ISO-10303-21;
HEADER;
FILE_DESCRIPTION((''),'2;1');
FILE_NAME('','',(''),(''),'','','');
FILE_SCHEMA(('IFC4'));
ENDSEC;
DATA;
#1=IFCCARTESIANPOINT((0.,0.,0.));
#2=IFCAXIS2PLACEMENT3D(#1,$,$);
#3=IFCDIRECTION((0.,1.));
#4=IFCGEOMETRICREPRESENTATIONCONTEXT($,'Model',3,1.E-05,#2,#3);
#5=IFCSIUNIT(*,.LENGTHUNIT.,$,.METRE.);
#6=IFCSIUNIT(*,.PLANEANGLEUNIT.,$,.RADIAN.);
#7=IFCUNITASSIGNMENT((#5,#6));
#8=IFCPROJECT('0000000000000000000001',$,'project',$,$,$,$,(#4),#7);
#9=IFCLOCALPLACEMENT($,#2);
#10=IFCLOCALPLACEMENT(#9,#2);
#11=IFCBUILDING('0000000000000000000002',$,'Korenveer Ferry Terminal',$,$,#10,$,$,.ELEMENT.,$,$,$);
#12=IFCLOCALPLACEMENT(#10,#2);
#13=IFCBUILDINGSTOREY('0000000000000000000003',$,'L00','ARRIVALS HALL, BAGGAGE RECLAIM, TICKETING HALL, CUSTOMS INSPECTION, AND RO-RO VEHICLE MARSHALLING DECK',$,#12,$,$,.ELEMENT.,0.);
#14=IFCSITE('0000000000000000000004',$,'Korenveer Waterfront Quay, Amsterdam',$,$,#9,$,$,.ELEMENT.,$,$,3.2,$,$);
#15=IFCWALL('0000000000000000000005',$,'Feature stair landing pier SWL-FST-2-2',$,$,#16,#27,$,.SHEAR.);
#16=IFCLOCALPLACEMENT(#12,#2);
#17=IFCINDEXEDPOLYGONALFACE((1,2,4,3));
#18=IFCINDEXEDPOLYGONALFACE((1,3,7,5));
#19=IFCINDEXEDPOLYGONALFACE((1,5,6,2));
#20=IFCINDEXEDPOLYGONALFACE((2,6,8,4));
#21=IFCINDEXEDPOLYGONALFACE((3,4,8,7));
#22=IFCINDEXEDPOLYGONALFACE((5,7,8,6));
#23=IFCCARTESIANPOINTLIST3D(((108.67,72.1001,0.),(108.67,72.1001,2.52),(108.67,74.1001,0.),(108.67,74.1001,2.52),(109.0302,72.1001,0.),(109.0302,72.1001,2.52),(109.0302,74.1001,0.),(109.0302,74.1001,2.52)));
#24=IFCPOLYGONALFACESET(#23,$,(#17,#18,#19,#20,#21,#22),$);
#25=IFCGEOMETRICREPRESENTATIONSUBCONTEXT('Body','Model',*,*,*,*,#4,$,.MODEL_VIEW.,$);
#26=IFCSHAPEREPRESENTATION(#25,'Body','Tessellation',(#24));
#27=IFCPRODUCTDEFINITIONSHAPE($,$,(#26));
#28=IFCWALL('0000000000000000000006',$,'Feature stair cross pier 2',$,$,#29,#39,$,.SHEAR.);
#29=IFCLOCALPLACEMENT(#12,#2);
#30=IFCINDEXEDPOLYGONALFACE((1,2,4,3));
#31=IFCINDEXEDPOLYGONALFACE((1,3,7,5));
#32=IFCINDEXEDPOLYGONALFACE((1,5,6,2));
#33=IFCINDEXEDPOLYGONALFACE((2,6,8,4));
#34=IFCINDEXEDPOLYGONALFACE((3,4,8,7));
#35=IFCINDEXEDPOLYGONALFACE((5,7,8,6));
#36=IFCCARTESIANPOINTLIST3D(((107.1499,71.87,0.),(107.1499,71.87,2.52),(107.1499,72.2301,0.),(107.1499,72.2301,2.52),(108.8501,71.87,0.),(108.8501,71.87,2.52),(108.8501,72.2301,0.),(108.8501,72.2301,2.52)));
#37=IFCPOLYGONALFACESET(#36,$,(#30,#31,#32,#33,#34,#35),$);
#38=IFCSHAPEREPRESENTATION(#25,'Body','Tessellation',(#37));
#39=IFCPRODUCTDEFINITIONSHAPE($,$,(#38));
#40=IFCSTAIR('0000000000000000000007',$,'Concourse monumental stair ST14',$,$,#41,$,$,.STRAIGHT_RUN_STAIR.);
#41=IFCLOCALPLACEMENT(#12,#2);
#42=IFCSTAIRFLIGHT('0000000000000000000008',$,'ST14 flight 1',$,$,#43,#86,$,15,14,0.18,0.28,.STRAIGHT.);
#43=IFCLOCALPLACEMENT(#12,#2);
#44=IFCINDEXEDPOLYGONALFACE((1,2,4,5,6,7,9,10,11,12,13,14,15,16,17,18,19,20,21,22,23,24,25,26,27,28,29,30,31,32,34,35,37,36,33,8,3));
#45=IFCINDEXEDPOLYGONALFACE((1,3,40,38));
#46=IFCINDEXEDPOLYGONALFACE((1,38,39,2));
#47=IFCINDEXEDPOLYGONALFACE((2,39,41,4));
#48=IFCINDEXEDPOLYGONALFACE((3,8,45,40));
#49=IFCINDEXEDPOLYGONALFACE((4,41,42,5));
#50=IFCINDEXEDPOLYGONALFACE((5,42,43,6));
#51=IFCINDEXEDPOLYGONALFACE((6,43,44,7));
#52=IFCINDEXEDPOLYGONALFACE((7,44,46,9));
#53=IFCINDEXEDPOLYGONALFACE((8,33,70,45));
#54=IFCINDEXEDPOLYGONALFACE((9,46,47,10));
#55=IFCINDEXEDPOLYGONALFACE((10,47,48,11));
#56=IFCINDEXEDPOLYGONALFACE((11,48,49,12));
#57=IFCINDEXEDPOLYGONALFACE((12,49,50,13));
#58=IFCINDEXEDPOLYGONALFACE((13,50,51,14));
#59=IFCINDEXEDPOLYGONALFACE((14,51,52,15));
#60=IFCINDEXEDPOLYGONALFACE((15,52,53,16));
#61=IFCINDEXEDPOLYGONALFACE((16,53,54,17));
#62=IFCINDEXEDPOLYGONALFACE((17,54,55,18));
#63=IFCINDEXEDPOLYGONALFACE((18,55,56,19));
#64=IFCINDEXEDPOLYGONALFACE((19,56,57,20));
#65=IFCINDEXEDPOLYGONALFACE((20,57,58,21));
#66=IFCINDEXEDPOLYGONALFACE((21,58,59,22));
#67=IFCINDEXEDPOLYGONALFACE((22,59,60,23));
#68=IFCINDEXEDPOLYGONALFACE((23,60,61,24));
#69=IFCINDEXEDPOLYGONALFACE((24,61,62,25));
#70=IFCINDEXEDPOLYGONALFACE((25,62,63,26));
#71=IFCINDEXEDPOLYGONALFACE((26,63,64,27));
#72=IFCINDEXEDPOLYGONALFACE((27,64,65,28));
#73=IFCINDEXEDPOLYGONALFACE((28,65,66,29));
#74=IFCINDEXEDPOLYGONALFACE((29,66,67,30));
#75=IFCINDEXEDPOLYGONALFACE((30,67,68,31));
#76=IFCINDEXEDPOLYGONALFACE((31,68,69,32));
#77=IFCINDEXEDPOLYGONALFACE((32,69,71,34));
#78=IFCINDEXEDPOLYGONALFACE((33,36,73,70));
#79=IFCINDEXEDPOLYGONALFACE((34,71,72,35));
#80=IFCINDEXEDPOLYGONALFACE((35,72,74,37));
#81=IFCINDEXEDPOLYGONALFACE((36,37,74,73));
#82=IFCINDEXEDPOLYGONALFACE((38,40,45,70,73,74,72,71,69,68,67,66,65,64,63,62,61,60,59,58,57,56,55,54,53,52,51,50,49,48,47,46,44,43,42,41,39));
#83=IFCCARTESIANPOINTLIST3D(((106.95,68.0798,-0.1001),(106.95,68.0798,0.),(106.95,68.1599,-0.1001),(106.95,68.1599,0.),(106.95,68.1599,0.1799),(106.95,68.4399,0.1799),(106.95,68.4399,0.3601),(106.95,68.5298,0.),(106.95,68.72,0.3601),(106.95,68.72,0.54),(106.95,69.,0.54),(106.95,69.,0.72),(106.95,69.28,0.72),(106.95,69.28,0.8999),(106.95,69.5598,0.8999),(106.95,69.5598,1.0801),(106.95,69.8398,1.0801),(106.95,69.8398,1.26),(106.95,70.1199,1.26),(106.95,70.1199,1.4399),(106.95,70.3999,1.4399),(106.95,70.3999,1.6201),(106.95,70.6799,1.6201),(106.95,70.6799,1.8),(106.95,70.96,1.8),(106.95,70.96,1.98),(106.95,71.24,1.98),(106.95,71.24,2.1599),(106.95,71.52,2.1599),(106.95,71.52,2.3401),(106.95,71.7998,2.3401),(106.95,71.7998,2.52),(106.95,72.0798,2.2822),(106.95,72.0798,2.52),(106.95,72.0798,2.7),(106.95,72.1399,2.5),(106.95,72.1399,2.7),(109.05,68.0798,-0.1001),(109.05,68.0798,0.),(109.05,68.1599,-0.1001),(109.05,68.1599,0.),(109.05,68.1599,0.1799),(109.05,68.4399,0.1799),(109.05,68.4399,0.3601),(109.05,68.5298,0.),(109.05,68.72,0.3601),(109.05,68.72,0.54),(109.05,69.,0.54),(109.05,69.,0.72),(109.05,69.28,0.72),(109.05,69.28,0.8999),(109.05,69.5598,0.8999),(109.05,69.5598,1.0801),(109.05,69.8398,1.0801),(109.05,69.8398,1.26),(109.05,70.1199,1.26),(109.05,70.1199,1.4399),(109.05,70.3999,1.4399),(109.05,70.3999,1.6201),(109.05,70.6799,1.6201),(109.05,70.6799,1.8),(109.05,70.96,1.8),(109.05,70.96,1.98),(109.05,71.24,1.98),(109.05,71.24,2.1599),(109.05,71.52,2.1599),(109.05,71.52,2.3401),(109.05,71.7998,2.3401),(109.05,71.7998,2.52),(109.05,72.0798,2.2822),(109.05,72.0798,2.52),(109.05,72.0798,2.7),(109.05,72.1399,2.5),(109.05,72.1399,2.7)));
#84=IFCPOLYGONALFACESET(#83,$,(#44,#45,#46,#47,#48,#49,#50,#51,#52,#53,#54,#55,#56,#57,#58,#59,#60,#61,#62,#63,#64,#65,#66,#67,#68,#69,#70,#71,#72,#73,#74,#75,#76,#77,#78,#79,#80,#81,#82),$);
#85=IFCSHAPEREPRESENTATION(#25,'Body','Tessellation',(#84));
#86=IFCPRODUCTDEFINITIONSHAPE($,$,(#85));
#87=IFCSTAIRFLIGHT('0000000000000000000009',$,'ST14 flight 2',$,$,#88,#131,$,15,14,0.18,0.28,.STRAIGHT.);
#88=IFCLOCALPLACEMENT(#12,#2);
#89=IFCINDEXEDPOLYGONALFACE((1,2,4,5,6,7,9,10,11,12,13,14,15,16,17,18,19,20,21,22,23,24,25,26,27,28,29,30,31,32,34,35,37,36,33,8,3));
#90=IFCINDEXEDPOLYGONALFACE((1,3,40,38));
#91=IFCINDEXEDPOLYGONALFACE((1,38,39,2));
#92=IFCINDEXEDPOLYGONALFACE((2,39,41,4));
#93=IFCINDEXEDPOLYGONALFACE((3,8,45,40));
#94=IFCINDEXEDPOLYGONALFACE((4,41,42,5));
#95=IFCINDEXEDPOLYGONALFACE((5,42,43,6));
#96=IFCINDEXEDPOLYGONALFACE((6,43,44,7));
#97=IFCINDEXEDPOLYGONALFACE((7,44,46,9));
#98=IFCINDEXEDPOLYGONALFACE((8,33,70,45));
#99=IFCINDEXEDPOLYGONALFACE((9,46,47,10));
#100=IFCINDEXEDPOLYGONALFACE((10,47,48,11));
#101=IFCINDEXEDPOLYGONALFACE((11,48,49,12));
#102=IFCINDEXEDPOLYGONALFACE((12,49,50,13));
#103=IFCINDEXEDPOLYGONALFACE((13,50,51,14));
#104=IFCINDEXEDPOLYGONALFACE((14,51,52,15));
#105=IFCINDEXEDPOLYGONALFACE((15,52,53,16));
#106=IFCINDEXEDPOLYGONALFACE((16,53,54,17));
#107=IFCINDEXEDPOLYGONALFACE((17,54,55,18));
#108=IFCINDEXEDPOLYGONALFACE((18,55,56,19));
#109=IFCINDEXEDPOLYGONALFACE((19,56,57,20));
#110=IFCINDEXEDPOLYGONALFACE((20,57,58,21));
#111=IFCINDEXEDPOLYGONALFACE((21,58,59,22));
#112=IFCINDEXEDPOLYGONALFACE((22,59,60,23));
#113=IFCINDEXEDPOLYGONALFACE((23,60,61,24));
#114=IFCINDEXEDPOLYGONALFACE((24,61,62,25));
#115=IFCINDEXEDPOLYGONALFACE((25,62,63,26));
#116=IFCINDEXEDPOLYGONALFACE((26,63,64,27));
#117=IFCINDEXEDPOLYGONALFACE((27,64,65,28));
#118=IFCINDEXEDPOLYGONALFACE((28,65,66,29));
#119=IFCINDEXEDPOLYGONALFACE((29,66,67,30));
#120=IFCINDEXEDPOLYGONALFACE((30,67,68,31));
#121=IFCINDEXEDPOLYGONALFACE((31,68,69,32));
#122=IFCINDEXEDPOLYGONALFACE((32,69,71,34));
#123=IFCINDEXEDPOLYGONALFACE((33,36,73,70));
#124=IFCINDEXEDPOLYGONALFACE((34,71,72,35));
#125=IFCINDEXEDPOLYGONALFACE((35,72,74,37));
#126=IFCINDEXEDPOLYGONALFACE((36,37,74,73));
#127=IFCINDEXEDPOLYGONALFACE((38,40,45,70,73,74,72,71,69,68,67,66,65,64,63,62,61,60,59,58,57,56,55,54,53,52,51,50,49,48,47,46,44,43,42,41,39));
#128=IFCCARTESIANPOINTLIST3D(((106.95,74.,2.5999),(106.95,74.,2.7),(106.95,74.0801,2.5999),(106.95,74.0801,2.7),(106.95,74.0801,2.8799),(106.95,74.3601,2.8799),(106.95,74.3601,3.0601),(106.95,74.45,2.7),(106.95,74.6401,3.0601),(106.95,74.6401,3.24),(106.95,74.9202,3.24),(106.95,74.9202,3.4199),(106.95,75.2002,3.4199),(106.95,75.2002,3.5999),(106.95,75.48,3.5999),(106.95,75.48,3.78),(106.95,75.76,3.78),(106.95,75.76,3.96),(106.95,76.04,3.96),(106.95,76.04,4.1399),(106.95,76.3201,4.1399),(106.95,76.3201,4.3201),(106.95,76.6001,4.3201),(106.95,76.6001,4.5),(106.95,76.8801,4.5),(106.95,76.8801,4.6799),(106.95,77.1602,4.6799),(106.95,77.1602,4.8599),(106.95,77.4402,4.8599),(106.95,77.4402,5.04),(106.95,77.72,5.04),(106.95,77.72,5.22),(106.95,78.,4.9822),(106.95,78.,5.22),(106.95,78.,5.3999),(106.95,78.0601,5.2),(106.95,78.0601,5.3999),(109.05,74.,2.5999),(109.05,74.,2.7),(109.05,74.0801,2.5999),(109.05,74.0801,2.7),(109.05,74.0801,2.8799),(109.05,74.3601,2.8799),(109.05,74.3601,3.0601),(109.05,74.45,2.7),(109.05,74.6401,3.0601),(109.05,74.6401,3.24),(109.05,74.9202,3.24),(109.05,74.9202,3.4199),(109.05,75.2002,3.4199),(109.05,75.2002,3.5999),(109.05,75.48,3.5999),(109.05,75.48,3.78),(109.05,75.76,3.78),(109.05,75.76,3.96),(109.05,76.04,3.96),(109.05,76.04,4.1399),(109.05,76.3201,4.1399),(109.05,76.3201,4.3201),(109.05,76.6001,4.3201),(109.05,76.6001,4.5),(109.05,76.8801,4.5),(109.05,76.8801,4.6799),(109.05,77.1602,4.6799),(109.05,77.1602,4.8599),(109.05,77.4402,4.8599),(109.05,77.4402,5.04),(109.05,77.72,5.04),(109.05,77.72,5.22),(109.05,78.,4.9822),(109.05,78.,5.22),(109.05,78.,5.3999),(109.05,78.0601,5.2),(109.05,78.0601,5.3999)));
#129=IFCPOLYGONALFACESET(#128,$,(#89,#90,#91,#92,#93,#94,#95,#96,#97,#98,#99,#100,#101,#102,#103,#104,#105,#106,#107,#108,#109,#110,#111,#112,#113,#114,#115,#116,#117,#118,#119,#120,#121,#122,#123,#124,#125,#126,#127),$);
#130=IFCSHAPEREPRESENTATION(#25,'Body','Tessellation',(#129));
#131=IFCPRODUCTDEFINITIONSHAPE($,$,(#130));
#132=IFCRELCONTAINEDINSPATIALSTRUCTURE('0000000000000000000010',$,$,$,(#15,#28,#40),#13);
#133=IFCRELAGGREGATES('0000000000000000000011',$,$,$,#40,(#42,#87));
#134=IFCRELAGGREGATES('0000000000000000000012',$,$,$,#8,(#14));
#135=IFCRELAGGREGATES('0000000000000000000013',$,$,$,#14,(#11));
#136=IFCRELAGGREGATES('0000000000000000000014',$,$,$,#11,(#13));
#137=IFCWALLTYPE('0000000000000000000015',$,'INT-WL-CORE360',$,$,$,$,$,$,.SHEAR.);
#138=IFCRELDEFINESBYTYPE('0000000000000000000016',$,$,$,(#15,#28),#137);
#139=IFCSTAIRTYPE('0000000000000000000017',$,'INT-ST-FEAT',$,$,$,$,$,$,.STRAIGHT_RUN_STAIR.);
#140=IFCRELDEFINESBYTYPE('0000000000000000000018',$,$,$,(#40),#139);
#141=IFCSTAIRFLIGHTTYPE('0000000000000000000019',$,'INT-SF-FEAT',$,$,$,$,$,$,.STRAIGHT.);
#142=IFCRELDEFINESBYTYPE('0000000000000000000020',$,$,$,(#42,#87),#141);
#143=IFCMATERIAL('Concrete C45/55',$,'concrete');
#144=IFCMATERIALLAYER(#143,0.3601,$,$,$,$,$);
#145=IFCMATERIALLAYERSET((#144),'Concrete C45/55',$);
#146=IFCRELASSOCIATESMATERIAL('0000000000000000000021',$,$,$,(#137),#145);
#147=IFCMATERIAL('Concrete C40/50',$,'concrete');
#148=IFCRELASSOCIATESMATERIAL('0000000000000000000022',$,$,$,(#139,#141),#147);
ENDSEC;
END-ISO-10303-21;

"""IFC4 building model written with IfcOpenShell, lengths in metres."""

from ifc_helpers import new_model, si_unit, direction, frame, frame_2d, origin, place, context, subcontext, project, spatial, polyline, rectangle, outline, extrude, material, layer, layer_set, type_object, element, aggregate, save


model = new_model("IFC4")

# Units and contexts
model_context = context("Model", 3, precision=1e-05, world=origin(), true_north=direction((0.0, 1.0)))
body_context = subcontext(model_context, "Body", "Model", "MODEL_VIEW")
ifc_project = project(units=[si_unit("LENGTHUNIT", "METRE"), si_unit("PLANEANGLEUNIT", "RADIAN")], contexts=[model_context])

# Site, building, storey
site_placement = place(None, origin())
site = spatial("IfcSite", under=ifc_project, at=site_placement, Name="Korenveer Waterfront Quay, Amsterdam", CompositionType="ELEMENT", RefElevation=3.2)
building_placement = place(site_placement, origin())
building = spatial("IfcBuilding", under=site, at=building_placement, Name="Korenveer Ferry Terminal", CompositionType="ELEMENT")
storey_placement = place(building_placement, origin())
storey = spatial("IfcBuildingStorey", under=building, at=storey_placement, Name="L00", Description="ARRIVALS HALL, BAGGAGE RECLAIM, TICKETING HALL, CUSTOMS INSPECTION, AND RO-RO VEHICLE MARSHALLING DECK", CompositionType="ELEMENT", Elevation=0.0)

# Shared definitions
ifc_material_1 = material(Name="Concrete C40/50", Category="concrete")
ifc_material_2 = material(Name="Concrete C45/55", Category="concrete")

# Walls
ifc_layer = layer(ifc_material_2, 0.3601)
ifc_layer_set = layer_set([ifc_layer], Name="Concrete C45/55")
wall_type = type_object("IfcWallType", Name="INT-WL-CORE360", PredefinedType="SHEAR", material=ifc_layer_set)
for number, where, z_axis, x_axis, name in (
    (1, (108.8501, 72.1001, 0.0), (0.0, 0.0, 1.0), (0.0, 1.0, 0.0), "Feature stair landing pier SWL-FST-2-2"),
):
    element("IfcWall", number, at=place(storey_placement, frame(where, z_axis=z_axis, x_axis=x_axis)), inside=storey, type_object=wall_type, Name=name, PredefinedType="SHEAR", context=body_context, shape_type="SweptSolid", body=[
        extrude(rectangle(XDim=2.0, YDim=0.3601, at=frame_2d((1.0, 0.0))), origin(), (0.0, 0.0, 1.0), 2.52),
    ])
wall_placement = place(storey_placement, frame((107.1499, 72.05, 0.0), z_axis=(0.0, 0.0, 1.0), x_axis=(1.0, 0.0, 0.0)))
element("IfcWall", 2, at=wall_placement, inside=storey, type_object=wall_type, Name="Feature stair cross pier 2", PredefinedType="SHEAR", context=body_context, shape_type="SweptSolid", body=[
    extrude(rectangle(XDim=1.7002, YDim=0.3601, at=frame_2d((0.8501, 0.0))), origin(), (0.0, 0.0, 1.0), 2.52),
])

# Stair, stair flights
stair_type = type_object("IfcStairType", Name="INT-ST-FEAT", PredefinedType="STRAIGHT_RUN_STAIR", material=ifc_material_1)
stair_placement = place(storey_placement, frame((108.0, 68.1599, 0.0)))
stair = element("IfcStair", 3, at=stair_placement, inside=storey, type_object=stair_type, Name="Concourse monumental stair ST14", PredefinedType="STRAIGHT_RUN_STAIR")
stair_flight_type = type_object("IfcStairFlightType", Name="INT-SF-FEAT", PredefinedType="STRAIGHT", material=ifc_material_1)
stair_flight_1_placement = place(storey_placement, frame((108.0, 68.1599, 0.0), z_axis=(0.0, 0.0, 1.0), x_axis=(0.0, 1.0, 0.0)))
stair_flight_1 = element("IfcStairFlight", 4, at=stair_flight_1_placement, type_object=stair_flight_type, Name="ST14 flight 1", NumberOfRisers=15, NumberOfTreads=14, PredefinedType="STRAIGHT", RiserHeight=0.18, TreadLength=0.28, context=body_context, shape_type="SweptSolid", body=[
    extrude(outline(polyline([(-0.0801, 0.0), (0.0, 0.0), (0.0, 0.1799), (0.28, 0.1799), (0.28, 0.3601), (0.5601, 0.3601), (0.5601, 0.54), (0.8401, 0.54), (0.8401, 0.72), (1.1201, 0.72), (1.1201, 0.8999), (1.3999, 0.8999), (1.3999, 1.0801), (1.6799, 1.0801), (1.6799, 1.26), (1.96, 1.26), (1.96, 1.4399), (2.24, 1.4399), (2.24, 1.6201), (2.52, 1.6201), (2.52, 1.8), (2.8, 1.8), (2.8, 1.98), (3.0801, 1.98), (3.0801, 2.1599), (3.3601, 2.1599), (3.3601, 2.3401), (3.6399, 2.3401), (3.6399, 2.52), (3.9199, 2.52), (3.9199, 2.7), (3.98, 2.7), (3.98, 2.5), (3.9199, 2.2822), (0.3699, 0.0), (0.0, -0.1001), (-0.0801, -0.1001), (-0.0801, 0.0)])), frame((0.0, 1.05, 0.0), z_axis=(0.0, -1.0, 0.0), x_axis=(1.0, 0.0, 0.0)), (0.0, 0.0, 1.0), 2.1001),
])
stair_flight_2_placement = place(storey_placement, frame((108.0, 74.0801, 2.7), z_axis=(0.0, 0.0, 1.0), x_axis=(0.0, 1.0, 0.0)))
stair_flight_2 = element("IfcStairFlight", 5, at=stair_flight_2_placement, type_object=stair_flight_type, Name="ST14 flight 2", NumberOfRisers=15, NumberOfTreads=14, PredefinedType="STRAIGHT", RiserHeight=0.18, TreadLength=0.28, context=body_context, shape_type="SweptSolid", body=[
    extrude(outline(polyline([(-0.0801, 0.0), (0.0, 0.0), (0.0, 0.1799), (0.28, 0.1799), (0.28, 0.3601), (0.5601, 0.3601), (0.5601, 0.54), (0.8401, 0.54), (0.8401, 0.72), (1.1201, 0.72), (1.1201, 0.8999), (1.3999, 0.8999), (1.3999, 1.0801), (1.6799, 1.0801), (1.6799, 1.26), (1.96, 1.26), (1.96, 1.4399), (2.24, 1.4399), (2.24, 1.6201), (2.52, 1.6201), (2.52, 1.8), (2.8, 1.8), (2.8, 1.98), (3.0801, 1.98), (3.0801, 2.1599), (3.3601, 2.1599), (3.3601, 2.3401), (3.6399, 2.3401), (3.6399, 2.52), (3.9199, 2.52), (3.9199, 2.7), (3.98, 2.7), (3.98, 2.5), (3.9199, 2.2822), (0.3699, 0.0), (0.0, -0.1001), (-0.0801, -0.1001), (-0.0801, 0.0)])), frame((0.0, 1.05, 0.0), z_axis=(0.0, -1.0, 0.0), x_axis=(1.0, 0.0, 0.0)), (0.0, 0.0, 1.0), 2.1001),
])
aggregate(stair, [stair_flight_1, stair_flight_2])

save(model, "model.ifc")
